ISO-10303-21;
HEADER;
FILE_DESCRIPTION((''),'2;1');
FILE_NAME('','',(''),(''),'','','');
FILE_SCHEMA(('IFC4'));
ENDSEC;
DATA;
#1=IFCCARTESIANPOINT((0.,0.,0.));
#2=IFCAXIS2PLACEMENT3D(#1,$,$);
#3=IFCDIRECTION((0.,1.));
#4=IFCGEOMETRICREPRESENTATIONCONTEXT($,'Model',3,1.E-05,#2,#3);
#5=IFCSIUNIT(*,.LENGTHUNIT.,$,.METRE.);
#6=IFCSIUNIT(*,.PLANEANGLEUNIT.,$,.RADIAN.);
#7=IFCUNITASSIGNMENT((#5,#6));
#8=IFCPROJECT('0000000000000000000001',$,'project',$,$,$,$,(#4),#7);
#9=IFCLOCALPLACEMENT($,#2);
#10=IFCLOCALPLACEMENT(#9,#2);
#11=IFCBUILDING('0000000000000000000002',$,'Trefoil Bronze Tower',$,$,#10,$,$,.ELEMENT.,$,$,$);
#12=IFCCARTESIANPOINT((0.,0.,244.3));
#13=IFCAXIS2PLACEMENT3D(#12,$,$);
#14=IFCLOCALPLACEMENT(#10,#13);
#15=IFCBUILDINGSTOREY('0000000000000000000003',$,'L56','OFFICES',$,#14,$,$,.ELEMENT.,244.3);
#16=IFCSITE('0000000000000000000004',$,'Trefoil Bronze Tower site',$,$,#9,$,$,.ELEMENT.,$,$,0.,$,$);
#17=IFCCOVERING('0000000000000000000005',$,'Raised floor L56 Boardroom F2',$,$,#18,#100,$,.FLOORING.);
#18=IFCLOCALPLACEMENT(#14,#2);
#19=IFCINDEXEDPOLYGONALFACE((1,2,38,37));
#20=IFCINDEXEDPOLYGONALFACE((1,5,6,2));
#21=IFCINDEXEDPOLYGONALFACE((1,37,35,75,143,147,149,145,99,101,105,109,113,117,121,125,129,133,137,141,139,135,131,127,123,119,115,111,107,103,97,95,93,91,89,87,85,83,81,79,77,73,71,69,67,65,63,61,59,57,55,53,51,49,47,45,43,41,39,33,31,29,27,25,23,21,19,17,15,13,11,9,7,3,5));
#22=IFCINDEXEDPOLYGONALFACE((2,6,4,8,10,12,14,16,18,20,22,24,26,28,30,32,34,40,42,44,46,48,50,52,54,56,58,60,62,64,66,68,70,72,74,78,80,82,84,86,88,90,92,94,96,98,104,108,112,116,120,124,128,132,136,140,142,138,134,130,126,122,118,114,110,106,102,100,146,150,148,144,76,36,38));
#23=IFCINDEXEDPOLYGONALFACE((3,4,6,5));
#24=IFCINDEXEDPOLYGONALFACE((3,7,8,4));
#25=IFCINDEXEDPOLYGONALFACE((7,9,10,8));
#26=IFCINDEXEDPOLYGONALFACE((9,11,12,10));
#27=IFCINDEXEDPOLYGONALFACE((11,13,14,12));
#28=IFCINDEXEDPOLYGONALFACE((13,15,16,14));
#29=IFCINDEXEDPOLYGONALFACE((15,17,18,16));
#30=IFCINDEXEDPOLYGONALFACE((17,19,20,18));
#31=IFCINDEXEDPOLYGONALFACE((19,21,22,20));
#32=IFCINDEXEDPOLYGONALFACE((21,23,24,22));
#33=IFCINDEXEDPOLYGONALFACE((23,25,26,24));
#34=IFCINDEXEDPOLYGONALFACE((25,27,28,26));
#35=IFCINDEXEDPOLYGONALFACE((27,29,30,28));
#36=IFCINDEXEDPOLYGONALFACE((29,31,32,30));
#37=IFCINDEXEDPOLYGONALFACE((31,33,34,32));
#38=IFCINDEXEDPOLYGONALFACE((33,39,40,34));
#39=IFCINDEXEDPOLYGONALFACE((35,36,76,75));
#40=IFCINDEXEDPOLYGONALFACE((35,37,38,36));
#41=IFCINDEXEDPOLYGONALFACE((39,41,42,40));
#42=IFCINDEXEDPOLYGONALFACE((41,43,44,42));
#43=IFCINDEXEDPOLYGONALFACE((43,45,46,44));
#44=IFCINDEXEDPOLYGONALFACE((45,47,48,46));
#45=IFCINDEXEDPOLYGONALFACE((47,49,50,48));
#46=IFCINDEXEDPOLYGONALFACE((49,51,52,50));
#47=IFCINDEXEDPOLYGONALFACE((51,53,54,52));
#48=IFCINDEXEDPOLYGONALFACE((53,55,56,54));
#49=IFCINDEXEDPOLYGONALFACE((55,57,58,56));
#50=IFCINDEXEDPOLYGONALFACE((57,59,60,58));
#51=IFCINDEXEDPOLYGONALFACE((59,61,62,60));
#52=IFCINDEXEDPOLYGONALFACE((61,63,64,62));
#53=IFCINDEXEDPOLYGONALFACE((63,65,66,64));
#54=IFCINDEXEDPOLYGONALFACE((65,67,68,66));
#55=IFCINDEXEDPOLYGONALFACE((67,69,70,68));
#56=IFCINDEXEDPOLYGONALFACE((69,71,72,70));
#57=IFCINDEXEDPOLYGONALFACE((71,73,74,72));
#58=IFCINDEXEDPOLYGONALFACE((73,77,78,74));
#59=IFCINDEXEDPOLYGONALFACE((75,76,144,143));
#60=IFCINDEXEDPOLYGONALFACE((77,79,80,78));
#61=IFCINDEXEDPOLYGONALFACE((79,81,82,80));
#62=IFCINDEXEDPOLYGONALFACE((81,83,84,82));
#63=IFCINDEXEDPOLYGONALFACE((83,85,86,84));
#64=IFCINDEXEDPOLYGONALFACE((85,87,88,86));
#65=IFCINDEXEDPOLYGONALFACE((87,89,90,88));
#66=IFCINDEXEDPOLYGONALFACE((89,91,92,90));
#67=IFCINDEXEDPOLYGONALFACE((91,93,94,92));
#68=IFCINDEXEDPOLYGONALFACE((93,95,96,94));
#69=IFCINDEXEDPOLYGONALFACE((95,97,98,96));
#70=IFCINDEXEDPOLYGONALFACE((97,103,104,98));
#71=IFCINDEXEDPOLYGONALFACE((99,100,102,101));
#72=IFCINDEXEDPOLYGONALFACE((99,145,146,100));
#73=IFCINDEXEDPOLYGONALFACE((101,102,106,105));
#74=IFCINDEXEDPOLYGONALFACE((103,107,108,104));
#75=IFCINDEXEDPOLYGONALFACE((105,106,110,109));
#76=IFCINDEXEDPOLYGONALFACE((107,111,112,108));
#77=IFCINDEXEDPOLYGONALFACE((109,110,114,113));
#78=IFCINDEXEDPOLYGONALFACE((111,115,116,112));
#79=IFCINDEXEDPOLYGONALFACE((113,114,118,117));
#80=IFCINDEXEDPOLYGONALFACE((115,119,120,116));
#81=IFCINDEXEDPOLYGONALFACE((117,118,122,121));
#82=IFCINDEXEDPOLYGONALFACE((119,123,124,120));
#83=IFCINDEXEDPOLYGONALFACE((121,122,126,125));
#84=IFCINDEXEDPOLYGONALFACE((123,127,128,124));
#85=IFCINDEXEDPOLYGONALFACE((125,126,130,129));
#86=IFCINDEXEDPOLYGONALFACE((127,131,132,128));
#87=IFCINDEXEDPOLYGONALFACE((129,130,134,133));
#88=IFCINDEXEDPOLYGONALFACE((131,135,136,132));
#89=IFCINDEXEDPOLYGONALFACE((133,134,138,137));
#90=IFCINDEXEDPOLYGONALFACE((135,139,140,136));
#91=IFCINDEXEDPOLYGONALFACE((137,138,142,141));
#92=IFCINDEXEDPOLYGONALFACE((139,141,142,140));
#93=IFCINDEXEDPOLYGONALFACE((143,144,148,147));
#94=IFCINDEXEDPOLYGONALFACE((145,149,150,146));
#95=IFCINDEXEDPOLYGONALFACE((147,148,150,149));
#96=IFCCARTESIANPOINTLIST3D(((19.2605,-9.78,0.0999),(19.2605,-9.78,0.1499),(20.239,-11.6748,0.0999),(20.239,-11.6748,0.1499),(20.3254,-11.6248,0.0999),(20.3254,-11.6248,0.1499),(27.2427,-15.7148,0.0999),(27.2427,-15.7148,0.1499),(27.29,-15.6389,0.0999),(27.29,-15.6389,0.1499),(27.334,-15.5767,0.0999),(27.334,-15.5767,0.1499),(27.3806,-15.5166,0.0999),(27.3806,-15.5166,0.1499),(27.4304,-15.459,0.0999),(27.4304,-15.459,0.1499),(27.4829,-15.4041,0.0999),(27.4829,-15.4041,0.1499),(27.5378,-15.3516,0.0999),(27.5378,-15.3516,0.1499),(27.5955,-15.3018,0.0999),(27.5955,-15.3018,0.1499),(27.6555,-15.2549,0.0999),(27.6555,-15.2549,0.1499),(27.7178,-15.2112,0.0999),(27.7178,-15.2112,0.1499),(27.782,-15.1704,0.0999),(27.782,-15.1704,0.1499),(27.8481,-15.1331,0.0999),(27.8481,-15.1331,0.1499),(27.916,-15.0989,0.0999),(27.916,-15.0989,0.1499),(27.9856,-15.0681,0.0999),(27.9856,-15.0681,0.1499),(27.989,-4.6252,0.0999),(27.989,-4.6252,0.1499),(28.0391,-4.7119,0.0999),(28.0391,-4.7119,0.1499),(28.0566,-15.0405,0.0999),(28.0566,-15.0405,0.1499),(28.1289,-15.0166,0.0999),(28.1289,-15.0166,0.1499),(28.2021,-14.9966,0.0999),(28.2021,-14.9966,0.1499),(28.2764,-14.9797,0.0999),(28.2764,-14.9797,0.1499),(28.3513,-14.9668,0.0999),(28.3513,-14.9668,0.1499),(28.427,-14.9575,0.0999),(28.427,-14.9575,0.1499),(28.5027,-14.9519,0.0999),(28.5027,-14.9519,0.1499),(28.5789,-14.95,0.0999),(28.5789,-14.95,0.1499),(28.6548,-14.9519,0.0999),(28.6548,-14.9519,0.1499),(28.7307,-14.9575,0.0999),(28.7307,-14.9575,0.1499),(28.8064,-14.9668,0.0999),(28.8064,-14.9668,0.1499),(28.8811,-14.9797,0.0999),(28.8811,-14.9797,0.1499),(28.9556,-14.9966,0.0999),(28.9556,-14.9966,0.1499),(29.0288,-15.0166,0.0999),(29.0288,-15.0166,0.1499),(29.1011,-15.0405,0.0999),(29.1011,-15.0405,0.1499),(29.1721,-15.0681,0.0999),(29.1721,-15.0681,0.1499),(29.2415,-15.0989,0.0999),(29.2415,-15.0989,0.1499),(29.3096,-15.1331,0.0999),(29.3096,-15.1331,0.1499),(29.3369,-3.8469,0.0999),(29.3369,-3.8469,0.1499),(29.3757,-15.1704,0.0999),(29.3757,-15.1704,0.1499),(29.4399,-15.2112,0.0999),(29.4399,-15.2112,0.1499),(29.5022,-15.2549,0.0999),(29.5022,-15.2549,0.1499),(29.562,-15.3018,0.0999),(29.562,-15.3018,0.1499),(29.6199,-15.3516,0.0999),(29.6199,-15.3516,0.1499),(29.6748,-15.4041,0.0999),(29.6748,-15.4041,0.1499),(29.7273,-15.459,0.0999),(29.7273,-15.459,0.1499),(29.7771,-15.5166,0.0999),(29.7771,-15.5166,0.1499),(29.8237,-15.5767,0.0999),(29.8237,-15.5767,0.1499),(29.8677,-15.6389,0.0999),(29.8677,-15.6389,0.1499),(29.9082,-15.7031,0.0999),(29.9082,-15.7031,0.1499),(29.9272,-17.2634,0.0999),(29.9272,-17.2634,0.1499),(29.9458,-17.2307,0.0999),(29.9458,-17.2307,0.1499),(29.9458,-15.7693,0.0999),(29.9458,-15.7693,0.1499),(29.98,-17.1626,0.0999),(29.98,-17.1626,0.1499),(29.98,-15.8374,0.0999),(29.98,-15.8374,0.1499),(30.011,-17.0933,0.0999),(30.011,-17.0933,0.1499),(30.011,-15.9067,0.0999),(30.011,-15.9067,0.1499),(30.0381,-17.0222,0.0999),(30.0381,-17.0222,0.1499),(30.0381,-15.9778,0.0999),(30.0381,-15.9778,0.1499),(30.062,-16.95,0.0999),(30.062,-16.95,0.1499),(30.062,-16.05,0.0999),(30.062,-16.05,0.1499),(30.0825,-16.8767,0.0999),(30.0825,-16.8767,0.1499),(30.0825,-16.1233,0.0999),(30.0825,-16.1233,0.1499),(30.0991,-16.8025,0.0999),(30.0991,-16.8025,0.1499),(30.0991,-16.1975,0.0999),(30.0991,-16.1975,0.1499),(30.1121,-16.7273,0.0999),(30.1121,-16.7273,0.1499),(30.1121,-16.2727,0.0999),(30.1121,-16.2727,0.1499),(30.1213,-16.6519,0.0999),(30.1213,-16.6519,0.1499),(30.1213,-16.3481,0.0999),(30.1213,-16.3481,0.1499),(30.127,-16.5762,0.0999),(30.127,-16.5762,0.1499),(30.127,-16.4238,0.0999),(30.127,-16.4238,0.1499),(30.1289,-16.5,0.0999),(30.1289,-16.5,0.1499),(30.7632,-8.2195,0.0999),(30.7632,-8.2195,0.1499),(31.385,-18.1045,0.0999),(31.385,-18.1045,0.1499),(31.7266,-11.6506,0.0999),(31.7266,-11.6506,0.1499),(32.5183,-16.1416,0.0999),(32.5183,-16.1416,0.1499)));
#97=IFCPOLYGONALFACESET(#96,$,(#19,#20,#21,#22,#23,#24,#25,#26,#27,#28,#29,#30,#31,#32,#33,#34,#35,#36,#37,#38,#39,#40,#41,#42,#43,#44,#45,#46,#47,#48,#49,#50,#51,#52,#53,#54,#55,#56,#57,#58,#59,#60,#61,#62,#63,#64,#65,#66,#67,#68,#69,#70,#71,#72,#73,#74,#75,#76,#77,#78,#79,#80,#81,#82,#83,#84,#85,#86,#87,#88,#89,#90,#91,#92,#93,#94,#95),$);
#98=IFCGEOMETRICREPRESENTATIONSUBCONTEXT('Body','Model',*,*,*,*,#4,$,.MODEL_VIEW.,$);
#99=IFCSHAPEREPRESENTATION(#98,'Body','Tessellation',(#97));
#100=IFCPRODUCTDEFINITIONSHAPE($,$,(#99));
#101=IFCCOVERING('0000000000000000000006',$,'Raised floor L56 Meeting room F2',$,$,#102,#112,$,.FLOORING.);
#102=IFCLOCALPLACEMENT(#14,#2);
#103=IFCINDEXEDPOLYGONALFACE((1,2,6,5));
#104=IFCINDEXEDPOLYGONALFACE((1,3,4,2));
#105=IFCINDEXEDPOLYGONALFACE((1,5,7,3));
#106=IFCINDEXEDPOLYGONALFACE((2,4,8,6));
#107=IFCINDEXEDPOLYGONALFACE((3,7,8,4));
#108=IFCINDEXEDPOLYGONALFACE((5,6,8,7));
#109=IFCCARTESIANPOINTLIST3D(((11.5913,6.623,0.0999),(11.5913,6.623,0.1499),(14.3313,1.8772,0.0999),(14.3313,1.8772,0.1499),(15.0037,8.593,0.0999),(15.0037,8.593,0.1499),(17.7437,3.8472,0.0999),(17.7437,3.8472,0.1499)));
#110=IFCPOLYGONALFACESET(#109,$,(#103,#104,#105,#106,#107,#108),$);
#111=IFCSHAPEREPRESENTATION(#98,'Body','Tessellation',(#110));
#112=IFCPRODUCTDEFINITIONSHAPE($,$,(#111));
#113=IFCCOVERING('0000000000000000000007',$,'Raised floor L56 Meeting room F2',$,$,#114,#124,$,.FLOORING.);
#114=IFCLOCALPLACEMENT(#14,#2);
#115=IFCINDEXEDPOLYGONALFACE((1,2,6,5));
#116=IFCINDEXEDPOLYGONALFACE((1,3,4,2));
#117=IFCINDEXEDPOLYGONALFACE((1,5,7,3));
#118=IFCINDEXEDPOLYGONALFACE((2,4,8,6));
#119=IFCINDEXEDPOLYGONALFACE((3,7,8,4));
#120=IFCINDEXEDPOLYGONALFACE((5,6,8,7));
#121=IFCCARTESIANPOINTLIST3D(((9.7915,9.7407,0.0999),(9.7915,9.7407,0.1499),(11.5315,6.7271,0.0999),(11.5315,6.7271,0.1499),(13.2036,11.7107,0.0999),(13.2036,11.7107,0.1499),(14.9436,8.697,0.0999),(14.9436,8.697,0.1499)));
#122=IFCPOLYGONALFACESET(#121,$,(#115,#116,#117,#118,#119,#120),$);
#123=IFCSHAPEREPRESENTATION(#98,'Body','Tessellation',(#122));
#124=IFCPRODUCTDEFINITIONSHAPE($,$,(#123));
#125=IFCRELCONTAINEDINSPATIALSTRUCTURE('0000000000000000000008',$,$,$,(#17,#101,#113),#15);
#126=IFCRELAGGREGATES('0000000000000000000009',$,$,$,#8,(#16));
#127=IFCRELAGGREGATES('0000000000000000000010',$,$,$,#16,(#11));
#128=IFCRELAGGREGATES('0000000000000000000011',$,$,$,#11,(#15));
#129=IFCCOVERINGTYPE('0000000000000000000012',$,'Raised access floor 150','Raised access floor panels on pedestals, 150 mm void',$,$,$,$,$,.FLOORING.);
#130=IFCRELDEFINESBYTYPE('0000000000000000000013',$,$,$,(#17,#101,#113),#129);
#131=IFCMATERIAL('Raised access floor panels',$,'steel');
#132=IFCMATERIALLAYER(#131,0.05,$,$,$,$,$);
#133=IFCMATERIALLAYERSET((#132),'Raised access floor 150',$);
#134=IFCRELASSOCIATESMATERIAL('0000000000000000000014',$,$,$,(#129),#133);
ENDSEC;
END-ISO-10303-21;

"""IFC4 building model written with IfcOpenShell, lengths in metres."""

from ifc_helpers import new_model, si_unit, direction, frame, origin, place, context, subcontext, project, spatial, polyline, outline, extrude, material, layer, layer_set, type_object, element, save


model = new_model("IFC4")

# Units and contexts
model_context = context("Model", 3, precision=1e-05, world=origin(), true_north=direction((0.0, 1.0)))
body_context = subcontext(model_context, "Body", "Model", "MODEL_VIEW")
ifc_project = project(units=[si_unit("LENGTHUNIT", "METRE"), si_unit("PLANEANGLEUNIT", "RADIAN")], contexts=[model_context])

# Site, building, storey
site_placement = place(None, origin())
site = spatial("IfcSite", under=ifc_project, at=site_placement, Name="Trefoil Bronze Tower site", CompositionType="ELEMENT", RefElevation=0.0)
building_placement = place(site_placement, origin())
building = spatial("IfcBuilding", under=site, at=building_placement, Name="Trefoil Bronze Tower", CompositionType="ELEMENT")
storey_placement = place(building_placement, frame((0.0, 0.0, 244.3)))
storey = spatial("IfcBuildingStorey", under=building, at=storey_placement, Name="L56", Description="OFFICES", CompositionType="ELEMENT", Elevation=244.3)

# Coverings
ifc_material_1 = material(Name="Raised access floor panels", Category="steel")
ifc_layer_1 = layer(ifc_material_1, 0.05)
ifc_layer_set_1 = layer_set([ifc_layer_1], Name="Raised access floor 150")
covering_type_1 = type_object("IfcCoveringType", Name="Raised access floor 150", Description="Raised access floor panels on pedestals, 150 mm void", PredefinedType="FLOORING", material=ifc_layer_set_1)
covering_1_placement = place(storey_placement, frame((0.0, 0.0, 0.0999)))
element("IfcCovering", 1, at=covering_1_placement, inside=storey, type_object=covering_type_1, Name="Raised floor L56 Boardroom F2", PredefinedType="FLOORING", context=body_context, shape_type="SweptSolid", body=[
    extrude(outline(polyline([(27.2427, -15.7148), (20.239, -11.6748), (20.3254, -11.6248), (19.2605, -9.78), (28.0391, -4.7119), (27.989, -4.6252), (29.3369, -3.8469), (30.7632, -8.2195), (31.7266, -11.6506), (32.5183, -16.1416), (31.385, -18.1045), (29.9272, -17.2634), (29.9458, -17.2307), (29.98, -17.1626), (30.011, -17.0933), (30.0381, -17.0222), (30.062, -16.95), (30.0825, -16.8767), (30.0991, -16.8025), (30.1121, -16.7273), (30.1213, -16.6519), (30.127, -16.5762), (30.1289, -16.5), (30.127, -16.4238), (30.1213, -16.3481), (30.1121, -16.2727), (30.0991, -16.1975), (30.0825, -16.1233), (30.062, -16.05), (30.0381, -15.9778), (30.011, -15.9067), (29.98, -15.8374), (29.9458, -15.7693), (29.9082, -15.7031), (29.8677, -15.6389), (29.8237, -15.5767), (29.7771, -15.5166), (29.7273, -15.459), (29.6748, -15.4041), (29.6199, -15.3516), (29.562, -15.3018), (29.5022, -15.2549), (29.4399, -15.2112), (29.3757, -15.1704), (29.3096, -15.1331), (29.2415, -15.0989), (29.1721, -15.0681), (29.1011, -15.0405), (29.0288, -15.0166), (28.9556, -14.9966), (28.8811, -14.9797), (28.8064, -14.9668), (28.7307, -14.9575), (28.6548, -14.9519), (28.5789, -14.95), (28.5027, -14.9519), (28.427, -14.9575), (28.3513, -14.9668), (28.2764, -14.9797), (28.2021, -14.9966), (28.1289, -15.0166), (28.0566, -15.0405), (27.9856, -15.0681), (27.916, -15.0989), (27.8481, -15.1331), (27.782, -15.1704), (27.7178, -15.2112), (27.6555, -15.2549), (27.5955, -15.3018), (27.5378, -15.3516), (27.4829, -15.4041), (27.4304, -15.459), (27.3806, -15.5166), (27.334, -15.5767), (27.29, -15.6389), (27.2427, -15.7148)])), origin(), (0.0, 0.0, 1.0), 0.05),
])
covering_2_placement = place(storey_placement, frame((0.0, 0.0, 0.0999)))
element("IfcCovering", 2, at=covering_2_placement, inside=storey, type_object=covering_type_1, Name="Raised floor L56 Meeting room F2", PredefinedType="FLOORING", context=body_context, shape_type="SweptSolid", body=[
    extrude(outline(polyline([(11.5913, 6.623), (15.0037, 8.593), (17.7437, 3.8472), (14.3313, 1.8772), (11.5913, 6.623)])), origin(), (0.0, 0.0, 1.0), 0.05),
])
covering_3_placement = place(storey_placement, frame((0.0, 0.0, 0.0999)))
element("IfcCovering", 3, at=covering_3_placement, inside=storey, type_object=covering_type_1, Name="Raised floor L56 Meeting room F2", PredefinedType="FLOORING", context=body_context, shape_type="SweptSolid", body=[
    extrude(outline(polyline([(9.7915, 9.7407), (13.2036, 11.7107), (14.9436, 8.697), (11.5315, 6.7271), (9.7915, 9.7407)])), origin(), (0.0, 0.0, 1.0), 0.05),
])

save(model, "model.ifc")
